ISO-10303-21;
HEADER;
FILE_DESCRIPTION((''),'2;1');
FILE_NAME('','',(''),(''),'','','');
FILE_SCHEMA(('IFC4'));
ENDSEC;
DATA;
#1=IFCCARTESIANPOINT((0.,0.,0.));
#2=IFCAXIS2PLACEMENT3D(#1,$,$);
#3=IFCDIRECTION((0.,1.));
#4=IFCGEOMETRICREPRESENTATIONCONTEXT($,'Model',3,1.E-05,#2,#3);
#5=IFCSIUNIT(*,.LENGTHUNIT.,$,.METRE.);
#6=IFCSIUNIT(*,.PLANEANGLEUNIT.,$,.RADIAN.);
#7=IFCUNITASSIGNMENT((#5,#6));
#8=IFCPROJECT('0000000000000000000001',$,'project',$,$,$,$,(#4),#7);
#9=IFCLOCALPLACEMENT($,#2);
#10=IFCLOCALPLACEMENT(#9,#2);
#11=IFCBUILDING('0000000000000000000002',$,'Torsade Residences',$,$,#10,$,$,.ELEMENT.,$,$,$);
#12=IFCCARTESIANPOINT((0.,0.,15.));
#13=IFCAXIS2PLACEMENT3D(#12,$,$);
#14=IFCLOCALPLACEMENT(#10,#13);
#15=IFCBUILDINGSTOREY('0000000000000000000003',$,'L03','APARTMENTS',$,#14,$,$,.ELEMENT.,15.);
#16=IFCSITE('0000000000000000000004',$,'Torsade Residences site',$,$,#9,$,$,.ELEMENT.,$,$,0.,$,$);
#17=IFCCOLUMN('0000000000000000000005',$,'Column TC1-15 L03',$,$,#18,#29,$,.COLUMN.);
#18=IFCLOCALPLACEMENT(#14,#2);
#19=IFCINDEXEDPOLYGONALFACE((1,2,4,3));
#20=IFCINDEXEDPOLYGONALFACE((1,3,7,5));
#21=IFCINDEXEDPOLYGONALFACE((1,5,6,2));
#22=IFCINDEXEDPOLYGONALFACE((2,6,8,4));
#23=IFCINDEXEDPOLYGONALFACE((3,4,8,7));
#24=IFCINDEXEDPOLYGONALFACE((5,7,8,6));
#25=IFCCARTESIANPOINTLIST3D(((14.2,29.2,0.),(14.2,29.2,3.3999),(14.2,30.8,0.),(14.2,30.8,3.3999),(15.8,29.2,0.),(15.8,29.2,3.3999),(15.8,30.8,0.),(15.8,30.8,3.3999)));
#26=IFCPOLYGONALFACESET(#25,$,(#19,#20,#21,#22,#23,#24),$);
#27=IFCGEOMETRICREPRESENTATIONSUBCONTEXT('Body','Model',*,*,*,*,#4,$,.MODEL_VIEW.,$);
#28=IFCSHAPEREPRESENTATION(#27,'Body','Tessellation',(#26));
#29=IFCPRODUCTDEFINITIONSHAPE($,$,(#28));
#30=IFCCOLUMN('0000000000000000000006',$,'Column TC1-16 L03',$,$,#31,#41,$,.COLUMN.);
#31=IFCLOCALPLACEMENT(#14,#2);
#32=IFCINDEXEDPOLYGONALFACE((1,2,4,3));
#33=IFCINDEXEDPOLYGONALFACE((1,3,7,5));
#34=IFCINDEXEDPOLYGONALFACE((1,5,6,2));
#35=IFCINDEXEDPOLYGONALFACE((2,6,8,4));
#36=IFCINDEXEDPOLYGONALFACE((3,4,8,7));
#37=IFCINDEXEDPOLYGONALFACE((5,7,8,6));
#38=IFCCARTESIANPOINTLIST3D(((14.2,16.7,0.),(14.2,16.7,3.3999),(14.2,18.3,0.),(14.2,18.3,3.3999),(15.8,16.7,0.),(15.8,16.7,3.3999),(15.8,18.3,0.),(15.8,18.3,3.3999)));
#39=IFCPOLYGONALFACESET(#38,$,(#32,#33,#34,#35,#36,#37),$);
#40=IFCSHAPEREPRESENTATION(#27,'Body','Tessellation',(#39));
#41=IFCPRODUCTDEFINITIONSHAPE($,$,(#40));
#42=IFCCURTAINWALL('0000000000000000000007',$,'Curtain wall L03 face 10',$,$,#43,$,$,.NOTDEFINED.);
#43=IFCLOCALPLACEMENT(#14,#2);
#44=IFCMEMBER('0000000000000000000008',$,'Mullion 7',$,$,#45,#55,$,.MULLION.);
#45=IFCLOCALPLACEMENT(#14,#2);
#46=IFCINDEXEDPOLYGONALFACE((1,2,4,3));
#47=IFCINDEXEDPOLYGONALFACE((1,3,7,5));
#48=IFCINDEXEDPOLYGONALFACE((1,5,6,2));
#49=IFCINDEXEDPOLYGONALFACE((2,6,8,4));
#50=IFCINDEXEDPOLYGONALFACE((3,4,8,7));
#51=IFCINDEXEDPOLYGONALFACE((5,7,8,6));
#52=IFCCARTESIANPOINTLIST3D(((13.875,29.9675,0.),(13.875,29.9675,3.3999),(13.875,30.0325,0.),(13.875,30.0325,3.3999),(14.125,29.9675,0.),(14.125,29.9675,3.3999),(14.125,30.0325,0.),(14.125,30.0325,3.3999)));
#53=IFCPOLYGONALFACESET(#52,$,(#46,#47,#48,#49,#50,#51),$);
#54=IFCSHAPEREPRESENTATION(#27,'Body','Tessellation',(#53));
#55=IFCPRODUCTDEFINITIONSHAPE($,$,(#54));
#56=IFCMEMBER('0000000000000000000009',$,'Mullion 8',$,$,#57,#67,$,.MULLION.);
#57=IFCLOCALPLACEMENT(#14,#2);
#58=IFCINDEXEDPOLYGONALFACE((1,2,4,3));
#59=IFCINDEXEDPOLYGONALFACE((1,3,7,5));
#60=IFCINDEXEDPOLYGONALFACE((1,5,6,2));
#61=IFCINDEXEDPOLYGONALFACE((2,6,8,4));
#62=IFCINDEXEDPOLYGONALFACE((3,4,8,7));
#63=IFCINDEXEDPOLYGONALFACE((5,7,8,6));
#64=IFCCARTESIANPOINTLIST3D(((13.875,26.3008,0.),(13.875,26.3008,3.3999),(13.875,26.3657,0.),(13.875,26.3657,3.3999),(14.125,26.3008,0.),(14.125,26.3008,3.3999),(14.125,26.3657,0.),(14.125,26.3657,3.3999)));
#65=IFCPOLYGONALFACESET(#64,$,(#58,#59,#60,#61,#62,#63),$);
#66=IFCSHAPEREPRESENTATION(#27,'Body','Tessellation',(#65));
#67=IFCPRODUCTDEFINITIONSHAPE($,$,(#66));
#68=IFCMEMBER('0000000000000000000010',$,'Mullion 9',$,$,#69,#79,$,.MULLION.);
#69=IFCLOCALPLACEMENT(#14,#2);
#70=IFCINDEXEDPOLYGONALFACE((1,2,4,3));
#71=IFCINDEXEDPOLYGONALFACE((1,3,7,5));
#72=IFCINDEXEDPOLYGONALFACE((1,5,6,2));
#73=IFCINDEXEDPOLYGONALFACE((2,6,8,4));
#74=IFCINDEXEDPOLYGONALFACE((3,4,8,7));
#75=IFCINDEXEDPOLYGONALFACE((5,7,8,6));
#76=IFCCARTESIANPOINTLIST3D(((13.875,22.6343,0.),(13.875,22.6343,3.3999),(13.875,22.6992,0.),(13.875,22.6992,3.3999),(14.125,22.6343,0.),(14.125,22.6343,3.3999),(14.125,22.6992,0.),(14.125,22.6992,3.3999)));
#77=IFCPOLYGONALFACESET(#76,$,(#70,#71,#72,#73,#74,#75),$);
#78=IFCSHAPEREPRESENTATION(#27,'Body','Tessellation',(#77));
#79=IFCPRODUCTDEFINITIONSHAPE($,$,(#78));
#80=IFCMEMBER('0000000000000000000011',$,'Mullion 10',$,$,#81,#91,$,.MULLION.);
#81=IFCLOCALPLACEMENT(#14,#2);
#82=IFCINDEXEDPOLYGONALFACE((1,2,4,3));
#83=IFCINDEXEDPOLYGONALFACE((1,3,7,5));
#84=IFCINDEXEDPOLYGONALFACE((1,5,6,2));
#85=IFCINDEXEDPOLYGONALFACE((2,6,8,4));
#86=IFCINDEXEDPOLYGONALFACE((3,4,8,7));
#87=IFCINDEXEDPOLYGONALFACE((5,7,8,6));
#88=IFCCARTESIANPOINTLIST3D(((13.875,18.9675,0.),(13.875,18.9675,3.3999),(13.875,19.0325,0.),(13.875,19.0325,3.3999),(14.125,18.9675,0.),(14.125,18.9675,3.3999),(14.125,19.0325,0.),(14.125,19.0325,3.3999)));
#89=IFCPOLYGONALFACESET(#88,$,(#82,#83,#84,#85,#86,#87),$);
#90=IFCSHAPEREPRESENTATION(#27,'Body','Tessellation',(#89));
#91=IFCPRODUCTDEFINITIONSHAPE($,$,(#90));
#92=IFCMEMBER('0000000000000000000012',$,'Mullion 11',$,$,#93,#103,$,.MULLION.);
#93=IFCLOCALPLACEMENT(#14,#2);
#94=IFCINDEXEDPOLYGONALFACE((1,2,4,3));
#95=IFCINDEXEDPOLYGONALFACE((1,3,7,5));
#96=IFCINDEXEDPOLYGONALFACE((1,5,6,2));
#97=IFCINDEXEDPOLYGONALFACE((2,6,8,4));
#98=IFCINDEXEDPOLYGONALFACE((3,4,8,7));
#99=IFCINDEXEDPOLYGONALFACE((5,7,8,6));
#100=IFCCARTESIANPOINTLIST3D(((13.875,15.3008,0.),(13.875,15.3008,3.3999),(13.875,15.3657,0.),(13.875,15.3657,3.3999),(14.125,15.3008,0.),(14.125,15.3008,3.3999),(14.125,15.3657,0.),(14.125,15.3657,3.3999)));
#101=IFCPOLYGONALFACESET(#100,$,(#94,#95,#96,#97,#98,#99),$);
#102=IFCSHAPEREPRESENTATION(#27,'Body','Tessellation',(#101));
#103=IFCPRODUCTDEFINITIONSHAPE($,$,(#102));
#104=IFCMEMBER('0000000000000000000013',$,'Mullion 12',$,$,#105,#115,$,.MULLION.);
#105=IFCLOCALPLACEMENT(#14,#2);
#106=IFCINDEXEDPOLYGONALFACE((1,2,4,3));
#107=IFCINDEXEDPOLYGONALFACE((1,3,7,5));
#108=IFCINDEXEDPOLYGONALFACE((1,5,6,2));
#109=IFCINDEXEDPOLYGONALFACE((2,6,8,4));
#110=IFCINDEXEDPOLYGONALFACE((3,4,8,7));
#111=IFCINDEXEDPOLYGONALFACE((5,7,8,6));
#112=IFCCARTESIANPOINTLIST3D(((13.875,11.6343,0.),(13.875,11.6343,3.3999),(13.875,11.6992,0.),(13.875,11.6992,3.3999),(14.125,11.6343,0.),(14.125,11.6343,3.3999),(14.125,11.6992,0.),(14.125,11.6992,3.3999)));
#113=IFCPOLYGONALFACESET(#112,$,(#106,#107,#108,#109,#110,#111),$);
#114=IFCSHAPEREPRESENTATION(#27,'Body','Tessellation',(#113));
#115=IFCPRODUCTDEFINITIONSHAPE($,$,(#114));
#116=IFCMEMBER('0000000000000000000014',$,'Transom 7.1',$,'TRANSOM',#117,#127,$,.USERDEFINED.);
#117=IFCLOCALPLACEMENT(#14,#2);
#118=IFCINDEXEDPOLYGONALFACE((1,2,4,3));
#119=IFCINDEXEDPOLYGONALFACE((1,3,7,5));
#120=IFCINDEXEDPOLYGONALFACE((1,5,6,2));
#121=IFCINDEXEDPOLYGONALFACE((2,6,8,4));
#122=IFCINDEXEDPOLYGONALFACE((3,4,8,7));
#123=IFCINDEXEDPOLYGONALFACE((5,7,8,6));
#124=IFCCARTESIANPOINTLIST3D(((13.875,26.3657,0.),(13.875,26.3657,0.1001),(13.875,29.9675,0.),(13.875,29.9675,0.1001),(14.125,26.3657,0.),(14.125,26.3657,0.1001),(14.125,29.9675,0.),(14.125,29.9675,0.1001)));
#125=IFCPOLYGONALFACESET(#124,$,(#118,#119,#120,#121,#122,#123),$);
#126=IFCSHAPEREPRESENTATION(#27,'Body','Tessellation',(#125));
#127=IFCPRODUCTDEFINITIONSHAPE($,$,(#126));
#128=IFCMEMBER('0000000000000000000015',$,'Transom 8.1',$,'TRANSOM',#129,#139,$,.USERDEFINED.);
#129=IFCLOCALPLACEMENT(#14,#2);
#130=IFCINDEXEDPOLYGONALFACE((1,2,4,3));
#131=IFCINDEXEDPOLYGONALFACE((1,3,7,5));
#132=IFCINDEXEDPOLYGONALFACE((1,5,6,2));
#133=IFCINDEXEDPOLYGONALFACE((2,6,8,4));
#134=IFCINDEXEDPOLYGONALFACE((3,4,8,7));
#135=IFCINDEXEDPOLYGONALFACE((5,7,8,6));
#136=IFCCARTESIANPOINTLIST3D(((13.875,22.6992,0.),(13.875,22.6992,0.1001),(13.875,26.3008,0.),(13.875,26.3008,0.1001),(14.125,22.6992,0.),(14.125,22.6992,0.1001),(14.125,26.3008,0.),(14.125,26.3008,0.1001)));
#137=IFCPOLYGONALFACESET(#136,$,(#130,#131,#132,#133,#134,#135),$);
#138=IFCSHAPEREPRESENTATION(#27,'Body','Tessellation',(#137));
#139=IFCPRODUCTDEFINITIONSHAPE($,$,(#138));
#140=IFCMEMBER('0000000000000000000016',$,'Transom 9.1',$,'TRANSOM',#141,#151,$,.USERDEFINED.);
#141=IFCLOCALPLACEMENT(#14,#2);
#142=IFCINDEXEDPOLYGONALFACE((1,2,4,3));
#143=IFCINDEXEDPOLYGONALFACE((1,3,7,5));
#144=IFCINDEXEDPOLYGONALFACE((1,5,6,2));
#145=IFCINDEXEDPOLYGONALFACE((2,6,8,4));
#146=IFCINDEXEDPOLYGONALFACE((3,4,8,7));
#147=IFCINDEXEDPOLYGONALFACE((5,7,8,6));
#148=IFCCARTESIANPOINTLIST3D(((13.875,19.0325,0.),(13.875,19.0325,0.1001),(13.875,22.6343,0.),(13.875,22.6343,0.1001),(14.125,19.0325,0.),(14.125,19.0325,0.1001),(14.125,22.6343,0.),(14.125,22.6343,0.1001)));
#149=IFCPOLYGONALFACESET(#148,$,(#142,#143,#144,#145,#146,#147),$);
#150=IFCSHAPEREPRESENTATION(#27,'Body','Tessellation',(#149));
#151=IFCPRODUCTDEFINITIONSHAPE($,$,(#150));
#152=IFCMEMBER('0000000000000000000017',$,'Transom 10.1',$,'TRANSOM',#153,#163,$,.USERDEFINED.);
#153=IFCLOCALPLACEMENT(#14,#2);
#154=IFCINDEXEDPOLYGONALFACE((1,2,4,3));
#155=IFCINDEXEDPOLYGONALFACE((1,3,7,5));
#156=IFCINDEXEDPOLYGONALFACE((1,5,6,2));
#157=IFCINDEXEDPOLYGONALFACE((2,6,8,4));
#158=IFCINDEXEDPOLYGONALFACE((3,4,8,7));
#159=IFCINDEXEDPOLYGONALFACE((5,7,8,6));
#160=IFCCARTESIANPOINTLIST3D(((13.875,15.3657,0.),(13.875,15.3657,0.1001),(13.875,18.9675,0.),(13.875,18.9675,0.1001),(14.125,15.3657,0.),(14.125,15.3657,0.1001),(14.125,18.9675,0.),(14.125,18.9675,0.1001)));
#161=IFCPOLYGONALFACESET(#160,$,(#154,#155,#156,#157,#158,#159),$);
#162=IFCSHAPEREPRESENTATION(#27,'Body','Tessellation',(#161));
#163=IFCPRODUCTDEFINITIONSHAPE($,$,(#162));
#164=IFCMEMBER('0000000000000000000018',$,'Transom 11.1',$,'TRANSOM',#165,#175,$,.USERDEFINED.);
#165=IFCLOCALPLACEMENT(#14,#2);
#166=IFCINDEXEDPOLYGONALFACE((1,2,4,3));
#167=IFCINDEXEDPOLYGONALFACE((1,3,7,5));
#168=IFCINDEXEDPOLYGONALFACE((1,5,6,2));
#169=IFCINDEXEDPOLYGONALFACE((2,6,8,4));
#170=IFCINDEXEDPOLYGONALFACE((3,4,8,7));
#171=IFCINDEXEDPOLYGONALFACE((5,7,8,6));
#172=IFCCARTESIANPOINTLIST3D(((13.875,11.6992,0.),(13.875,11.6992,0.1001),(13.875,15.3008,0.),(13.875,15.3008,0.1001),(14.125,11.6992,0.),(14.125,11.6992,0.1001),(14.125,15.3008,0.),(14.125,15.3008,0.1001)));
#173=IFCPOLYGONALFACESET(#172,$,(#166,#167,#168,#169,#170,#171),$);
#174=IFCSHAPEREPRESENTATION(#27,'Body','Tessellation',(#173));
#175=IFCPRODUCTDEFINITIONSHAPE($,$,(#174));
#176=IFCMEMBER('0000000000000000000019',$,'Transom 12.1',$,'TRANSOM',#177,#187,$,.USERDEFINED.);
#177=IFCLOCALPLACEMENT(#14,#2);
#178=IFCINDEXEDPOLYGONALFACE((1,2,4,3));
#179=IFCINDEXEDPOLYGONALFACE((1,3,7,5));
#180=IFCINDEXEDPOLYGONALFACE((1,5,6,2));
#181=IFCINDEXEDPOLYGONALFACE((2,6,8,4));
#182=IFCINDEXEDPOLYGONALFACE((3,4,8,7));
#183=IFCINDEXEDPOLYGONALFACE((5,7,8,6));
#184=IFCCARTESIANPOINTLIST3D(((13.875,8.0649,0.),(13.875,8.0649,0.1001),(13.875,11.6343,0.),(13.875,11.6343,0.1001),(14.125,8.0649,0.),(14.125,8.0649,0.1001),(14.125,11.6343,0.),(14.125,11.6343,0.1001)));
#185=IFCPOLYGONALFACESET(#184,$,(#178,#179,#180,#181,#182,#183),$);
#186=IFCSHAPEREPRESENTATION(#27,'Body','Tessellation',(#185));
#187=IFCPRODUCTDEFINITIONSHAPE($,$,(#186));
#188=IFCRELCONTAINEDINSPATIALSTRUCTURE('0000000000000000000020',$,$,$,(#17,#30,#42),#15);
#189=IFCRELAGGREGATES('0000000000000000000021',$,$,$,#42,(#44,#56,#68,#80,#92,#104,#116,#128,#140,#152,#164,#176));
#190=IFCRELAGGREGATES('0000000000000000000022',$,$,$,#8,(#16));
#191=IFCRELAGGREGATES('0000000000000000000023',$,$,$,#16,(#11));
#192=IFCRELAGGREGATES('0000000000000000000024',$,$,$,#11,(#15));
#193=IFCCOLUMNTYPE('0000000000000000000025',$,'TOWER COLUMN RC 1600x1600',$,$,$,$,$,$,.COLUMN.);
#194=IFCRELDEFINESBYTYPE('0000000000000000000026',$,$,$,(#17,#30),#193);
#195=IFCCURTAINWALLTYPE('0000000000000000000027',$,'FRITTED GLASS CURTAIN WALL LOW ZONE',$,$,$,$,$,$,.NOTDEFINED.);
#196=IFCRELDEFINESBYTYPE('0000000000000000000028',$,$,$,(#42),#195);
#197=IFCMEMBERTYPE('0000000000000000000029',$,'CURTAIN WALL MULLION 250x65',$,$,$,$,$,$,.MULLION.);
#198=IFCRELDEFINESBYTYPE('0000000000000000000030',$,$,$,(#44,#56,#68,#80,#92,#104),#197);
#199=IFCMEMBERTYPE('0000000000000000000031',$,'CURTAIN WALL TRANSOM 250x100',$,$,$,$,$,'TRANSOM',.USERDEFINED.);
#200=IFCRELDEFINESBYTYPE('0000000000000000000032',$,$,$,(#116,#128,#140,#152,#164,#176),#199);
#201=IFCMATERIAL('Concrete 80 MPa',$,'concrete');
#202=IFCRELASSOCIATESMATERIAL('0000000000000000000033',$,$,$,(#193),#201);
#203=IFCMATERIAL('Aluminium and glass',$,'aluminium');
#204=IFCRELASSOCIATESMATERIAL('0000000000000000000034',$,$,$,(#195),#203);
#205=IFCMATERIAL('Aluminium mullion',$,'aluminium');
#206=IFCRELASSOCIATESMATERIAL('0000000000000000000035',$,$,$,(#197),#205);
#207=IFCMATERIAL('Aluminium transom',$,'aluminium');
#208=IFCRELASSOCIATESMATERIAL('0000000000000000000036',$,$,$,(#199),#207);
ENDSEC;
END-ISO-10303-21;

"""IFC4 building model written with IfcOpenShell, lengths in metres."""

from ifc_helpers import new_model, si_unit, direction, frame, origin, origin_2d, place, context, subcontext, project, spatial, rectangle, extrude, material, material_profile, profile_set, type_object, element, aggregate, save


model = new_model("IFC4")

# Units and contexts
model_context = context("Model", 3, precision=1e-05, world=origin(), true_north=direction((0.0, 1.0)))
body_context = subcontext(model_context, "Body", "Model", "MODEL_VIEW")
ifc_project = project(units=[si_unit("LENGTHUNIT", "METRE"), si_unit("PLANEANGLEUNIT", "RADIAN")], contexts=[model_context])

# Site, building, storey
site_placement = place(None, origin())
site = spatial("IfcSite", under=ifc_project, at=site_placement, Name="Torsade Residences site", CompositionType="ELEMENT", RefElevation=0.0)
building_placement = place(site_placement, origin())
building = spatial("IfcBuilding", under=site, at=building_placement, Name="Torsade Residences", CompositionType="ELEMENT")
storey_placement = place(building_placement, frame((0.0, 0.0, 15.0)))
storey = spatial("IfcBuildingStorey", under=building, at=storey_placement, Name="L03", Description="APARTMENTS", CompositionType="ELEMENT", Elevation=15.0)

# Columns
ifc_material_1 = material(Name="Concrete 80 MPa", Category="concrete")
ifc_material_profile_1 = material_profile(ifc_material_1, rectangle(XDim=1.6001, YDim=1.6001, at=origin_2d()), Name="RC 1600x1600")
ifc_profile_set_1 = profile_set([ifc_material_profile_1], Name="Concrete 80 MPa")
column_type = type_object("IfcColumnType", Name="TOWER COLUMN RC 1600x1600", PredefinedType="COLUMN", material=ifc_profile_set_1)
for number, where, z_axis, x_axis, name in (
    (1, (15.0, 30.0, 0.0), (0.0, 0.0, 1.0), (1.0, 0.0, 0.0), "Column TC1-15 L03"),
    (2, (15.0, 17.5, 0.0), (0.0, 0.0, 1.0), (1.0, 0.0, 0.0), "Column TC1-16 L03"),
):
    element("IfcColumn", number, at=place(storey_placement, frame(where, z_axis=z_axis, x_axis=x_axis)), inside=storey, type_object=column_type, Name=name, PredefinedType="COLUMN", context=body_context, shape_type="SweptSolid", body=[
        extrude(rectangle(XDim=1.6001, YDim=1.6001, at=origin_2d()), origin(), (0.0, 0.0, 1.0), 3.3999),
    ])

# Curtain wall, members
ifc_material_2 = material(Name="Aluminium and glass", Category="aluminium")
curtain_wall_type = type_object("IfcCurtainWallType", Name="FRITTED GLASS CURTAIN WALL LOW ZONE", PredefinedType="NOTDEFINED", material=ifc_material_2)
curtain_wall_placement = place(storey_placement, origin())
curtain_wall = element("IfcCurtainWall", 3, at=curtain_wall_placement, inside=storey, type_object=curtain_wall_type, Name="Curtain wall L03 face 10", PredefinedType="NOTDEFINED")
ifc_material_3 = material(Name="Aluminium mullion", Category="aluminium")
ifc_material_profile_2 = material_profile(ifc_material_3, rectangle(XDim=0.25, YDim=0.0649, at=origin_2d()), Name="CURTAIN WALL MULLION 250x65")
ifc_profile_set_2 = profile_set([ifc_material_profile_2], Name="Aluminium mullion")
member_type_1 = type_object("IfcMemberType", Name="CURTAIN WALL MULLION 250x65", PredefinedType="MULLION", material=ifc_profile_set_2)
member_1_placement = place(storey_placement, frame((14.0, 30.0, 0.0), z_axis=(0.0, 0.0, 1.0), x_axis=(1.0, 0.0, 0.0)))
member_1 = element("IfcMember", 4, at=member_1_placement, type_object=member_type_1, Name="Mullion 7", PredefinedType="MULLION", context=body_context, shape_type="SweptSolid", body=[
    extrude(rectangle(XDim=0.25, YDim=0.0649, at=origin_2d()), origin(), (0.0, 0.0, 1.0), 3.3999),
])
member_2_placement = place(storey_placement, frame((14.0, 26.3333, 0.0), z_axis=(0.0, 0.0, 1.0), x_axis=(1.0, 0.0, 0.0)))
member_2 = element("IfcMember", 5, at=member_2_placement, type_object=member_type_1, Name="Mullion 8", PredefinedType="MULLION", context=body_context, shape_type="SweptSolid", body=[
    extrude(rectangle(XDim=0.25, YDim=0.0649, at=origin_2d()), origin(), (0.0, 0.0, 1.0), 3.3999),
])
member_3_placement = place(storey_placement, frame((14.0, 22.6667, 0.0), z_axis=(0.0, 0.0, 1.0), x_axis=(1.0, 0.0, 0.0)))
member_3 = element("IfcMember", 6, at=member_3_placement, type_object=member_type_1, Name="Mullion 9", PredefinedType="MULLION", context=body_context, shape_type="SweptSolid", body=[
    extrude(rectangle(XDim=0.25, YDim=0.0649, at=origin_2d()), origin(), (0.0, 0.0, 1.0), 3.3999),
])
member_4_placement = place(storey_placement, frame((14.0, 19.0, 0.0), z_axis=(0.0, 0.0, 1.0), x_axis=(1.0, 0.0, 0.0)))
member_4 = element("IfcMember", 7, at=member_4_placement, type_object=member_type_1, Name="Mullion 10", PredefinedType="MULLION", context=body_context, shape_type="SweptSolid", body=[
    extrude(rectangle(XDim=0.25, YDim=0.0649, at=origin_2d()), origin(), (0.0, 0.0, 1.0), 3.3999),
])
member_5_placement = place(storey_placement, frame((14.0, 15.3333, 0.0), z_axis=(0.0, 0.0, 1.0), x_axis=(1.0, 0.0, 0.0)))
member_5 = element("IfcMember", 8, at=member_5_placement, type_object=member_type_1, Name="Mullion 11", PredefinedType="MULLION", context=body_context, shape_type="SweptSolid", body=[
    extrude(rectangle(XDim=0.25, YDim=0.0649, at=origin_2d()), origin(), (0.0, 0.0, 1.0), 3.3999),
])
member_6_placement = place(storey_placement, frame((14.0, 11.6667, 0.0), z_axis=(0.0, 0.0, 1.0), x_axis=(1.0, 0.0, 0.0)))
member_6 = element("IfcMember", 9, at=member_6_placement, type_object=member_type_1, Name="Mullion 12", PredefinedType="MULLION", context=body_context, shape_type="SweptSolid", body=[
    extrude(rectangle(XDim=0.25, YDim=0.0649, at=origin_2d()), origin(), (0.0, 0.0, 1.0), 3.3999),
])
ifc_material_4 = material(Name="Aluminium transom", Category="aluminium")
ifc_material_profile_3 = material_profile(ifc_material_4, rectangle(XDim=0.25, YDim=0.1001, at=origin_2d()), Name="CURTAIN WALL TRANSOM 250x100")
ifc_profile_set_3 = profile_set([ifc_material_profile_3], Name="Aluminium transom")
member_type_2 = type_object("IfcMemberType", Name="CURTAIN WALL TRANSOM 250x100", ElementType="TRANSOM", PredefinedType="USERDEFINED", material=ifc_profile_set_3)
member_7_placement = place(storey_placement, frame((14.0, 29.9675, 0.05), z_axis=(0.0, -1.0, 0.0), x_axis=(1.0, 0.0, 0.0)))
member_7 = element("IfcMember", 10, at=member_7_placement, type_object=member_type_2, Name="Transom 7.1", ObjectType="TRANSOM", PredefinedType="USERDEFINED", context=body_context, shape_type="SweptSolid", body=[
    extrude(rectangle(XDim=0.25, YDim=0.1001, at=origin_2d()), origin(), (0.0, 0.0, 1.0), 3.6018),
])
member_8_placement = place(storey_placement, frame((14.0, 26.3008, 0.05), z_axis=(0.0, -1.0, 0.0), x_axis=(1.0, 0.0, 0.0)))
member_8 = element("IfcMember", 11, at=member_8_placement, type_object=member_type_2, Name="Transom 8.1", ObjectType="TRANSOM", PredefinedType="USERDEFINED", context=body_context, shape_type="SweptSolid", body=[
    extrude(rectangle(XDim=0.25, YDim=0.1001, at=origin_2d()), origin(), (0.0, 0.0, 1.0), 3.6016),
])
member_9_placement = place(storey_placement, frame((14.0, 22.6343, 0.05), z_axis=(0.0, -1.0, 0.0), x_axis=(1.0, 0.0, 0.0)))
member_9 = element("IfcMember", 12, at=member_9_placement, type_object=member_type_2, Name="Transom 9.1", ObjectType="TRANSOM", PredefinedType="USERDEFINED", context=body_context, shape_type="SweptSolid", body=[
    extrude(rectangle(XDim=0.25, YDim=0.1001, at=origin_2d()), origin(), (0.0, 0.0, 1.0), 3.6018),
])
member_10_placement = place(storey_placement, frame((14.0, 18.9675, 0.05), z_axis=(0.0, -1.0, 0.0), x_axis=(1.0, 0.0, 0.0)))
member_10 = element("IfcMember", 13, at=member_10_placement, type_object=member_type_2, Name="Transom 10.1", ObjectType="TRANSOM", PredefinedType="USERDEFINED", context=body_context, shape_type="SweptSolid", body=[
    extrude(rectangle(XDim=0.25, YDim=0.1001, at=origin_2d()), origin(), (0.0, 0.0, 1.0), 3.6018),
])
member_11_placement = place(storey_placement, frame((14.0, 15.3008, 0.05), z_axis=(0.0, -1.0, 0.0), x_axis=(1.0, 0.0, 0.0)))
member_11 = element("IfcMember", 14, at=member_11_placement, type_object=member_type_2, Name="Transom 11.1", ObjectType="TRANSOM", PredefinedType="USERDEFINED", context=body_context, shape_type="SweptSolid", body=[
    extrude(rectangle(XDim=0.25, YDim=0.1001, at=origin_2d()), origin(), (0.0, 0.0, 1.0), 3.6016),
])
member_12_placement = place(storey_placement, frame((14.0, 11.6343, 0.05), z_axis=(0.0, -1.0, 0.0), x_axis=(1.0, 0.0, 0.0)))
member_12 = element("IfcMember", 15, at=member_12_placement, type_object=member_type_2, Name="Transom 12.1", ObjectType="TRANSOM", PredefinedType="USERDEFINED", context=body_context, shape_type="SweptSolid", body=[
    extrude(rectangle(XDim=0.25, YDim=0.1001, at=origin_2d()), origin(), (0.0, 0.0, 1.0), 3.5693),
])

aggregate(curtain_wall, [member_1, member_2, member_3, member_4, member_5, member_6, member_7, member_8, member_9, member_10, member_11, member_12])

save(model, "model.ifc")
